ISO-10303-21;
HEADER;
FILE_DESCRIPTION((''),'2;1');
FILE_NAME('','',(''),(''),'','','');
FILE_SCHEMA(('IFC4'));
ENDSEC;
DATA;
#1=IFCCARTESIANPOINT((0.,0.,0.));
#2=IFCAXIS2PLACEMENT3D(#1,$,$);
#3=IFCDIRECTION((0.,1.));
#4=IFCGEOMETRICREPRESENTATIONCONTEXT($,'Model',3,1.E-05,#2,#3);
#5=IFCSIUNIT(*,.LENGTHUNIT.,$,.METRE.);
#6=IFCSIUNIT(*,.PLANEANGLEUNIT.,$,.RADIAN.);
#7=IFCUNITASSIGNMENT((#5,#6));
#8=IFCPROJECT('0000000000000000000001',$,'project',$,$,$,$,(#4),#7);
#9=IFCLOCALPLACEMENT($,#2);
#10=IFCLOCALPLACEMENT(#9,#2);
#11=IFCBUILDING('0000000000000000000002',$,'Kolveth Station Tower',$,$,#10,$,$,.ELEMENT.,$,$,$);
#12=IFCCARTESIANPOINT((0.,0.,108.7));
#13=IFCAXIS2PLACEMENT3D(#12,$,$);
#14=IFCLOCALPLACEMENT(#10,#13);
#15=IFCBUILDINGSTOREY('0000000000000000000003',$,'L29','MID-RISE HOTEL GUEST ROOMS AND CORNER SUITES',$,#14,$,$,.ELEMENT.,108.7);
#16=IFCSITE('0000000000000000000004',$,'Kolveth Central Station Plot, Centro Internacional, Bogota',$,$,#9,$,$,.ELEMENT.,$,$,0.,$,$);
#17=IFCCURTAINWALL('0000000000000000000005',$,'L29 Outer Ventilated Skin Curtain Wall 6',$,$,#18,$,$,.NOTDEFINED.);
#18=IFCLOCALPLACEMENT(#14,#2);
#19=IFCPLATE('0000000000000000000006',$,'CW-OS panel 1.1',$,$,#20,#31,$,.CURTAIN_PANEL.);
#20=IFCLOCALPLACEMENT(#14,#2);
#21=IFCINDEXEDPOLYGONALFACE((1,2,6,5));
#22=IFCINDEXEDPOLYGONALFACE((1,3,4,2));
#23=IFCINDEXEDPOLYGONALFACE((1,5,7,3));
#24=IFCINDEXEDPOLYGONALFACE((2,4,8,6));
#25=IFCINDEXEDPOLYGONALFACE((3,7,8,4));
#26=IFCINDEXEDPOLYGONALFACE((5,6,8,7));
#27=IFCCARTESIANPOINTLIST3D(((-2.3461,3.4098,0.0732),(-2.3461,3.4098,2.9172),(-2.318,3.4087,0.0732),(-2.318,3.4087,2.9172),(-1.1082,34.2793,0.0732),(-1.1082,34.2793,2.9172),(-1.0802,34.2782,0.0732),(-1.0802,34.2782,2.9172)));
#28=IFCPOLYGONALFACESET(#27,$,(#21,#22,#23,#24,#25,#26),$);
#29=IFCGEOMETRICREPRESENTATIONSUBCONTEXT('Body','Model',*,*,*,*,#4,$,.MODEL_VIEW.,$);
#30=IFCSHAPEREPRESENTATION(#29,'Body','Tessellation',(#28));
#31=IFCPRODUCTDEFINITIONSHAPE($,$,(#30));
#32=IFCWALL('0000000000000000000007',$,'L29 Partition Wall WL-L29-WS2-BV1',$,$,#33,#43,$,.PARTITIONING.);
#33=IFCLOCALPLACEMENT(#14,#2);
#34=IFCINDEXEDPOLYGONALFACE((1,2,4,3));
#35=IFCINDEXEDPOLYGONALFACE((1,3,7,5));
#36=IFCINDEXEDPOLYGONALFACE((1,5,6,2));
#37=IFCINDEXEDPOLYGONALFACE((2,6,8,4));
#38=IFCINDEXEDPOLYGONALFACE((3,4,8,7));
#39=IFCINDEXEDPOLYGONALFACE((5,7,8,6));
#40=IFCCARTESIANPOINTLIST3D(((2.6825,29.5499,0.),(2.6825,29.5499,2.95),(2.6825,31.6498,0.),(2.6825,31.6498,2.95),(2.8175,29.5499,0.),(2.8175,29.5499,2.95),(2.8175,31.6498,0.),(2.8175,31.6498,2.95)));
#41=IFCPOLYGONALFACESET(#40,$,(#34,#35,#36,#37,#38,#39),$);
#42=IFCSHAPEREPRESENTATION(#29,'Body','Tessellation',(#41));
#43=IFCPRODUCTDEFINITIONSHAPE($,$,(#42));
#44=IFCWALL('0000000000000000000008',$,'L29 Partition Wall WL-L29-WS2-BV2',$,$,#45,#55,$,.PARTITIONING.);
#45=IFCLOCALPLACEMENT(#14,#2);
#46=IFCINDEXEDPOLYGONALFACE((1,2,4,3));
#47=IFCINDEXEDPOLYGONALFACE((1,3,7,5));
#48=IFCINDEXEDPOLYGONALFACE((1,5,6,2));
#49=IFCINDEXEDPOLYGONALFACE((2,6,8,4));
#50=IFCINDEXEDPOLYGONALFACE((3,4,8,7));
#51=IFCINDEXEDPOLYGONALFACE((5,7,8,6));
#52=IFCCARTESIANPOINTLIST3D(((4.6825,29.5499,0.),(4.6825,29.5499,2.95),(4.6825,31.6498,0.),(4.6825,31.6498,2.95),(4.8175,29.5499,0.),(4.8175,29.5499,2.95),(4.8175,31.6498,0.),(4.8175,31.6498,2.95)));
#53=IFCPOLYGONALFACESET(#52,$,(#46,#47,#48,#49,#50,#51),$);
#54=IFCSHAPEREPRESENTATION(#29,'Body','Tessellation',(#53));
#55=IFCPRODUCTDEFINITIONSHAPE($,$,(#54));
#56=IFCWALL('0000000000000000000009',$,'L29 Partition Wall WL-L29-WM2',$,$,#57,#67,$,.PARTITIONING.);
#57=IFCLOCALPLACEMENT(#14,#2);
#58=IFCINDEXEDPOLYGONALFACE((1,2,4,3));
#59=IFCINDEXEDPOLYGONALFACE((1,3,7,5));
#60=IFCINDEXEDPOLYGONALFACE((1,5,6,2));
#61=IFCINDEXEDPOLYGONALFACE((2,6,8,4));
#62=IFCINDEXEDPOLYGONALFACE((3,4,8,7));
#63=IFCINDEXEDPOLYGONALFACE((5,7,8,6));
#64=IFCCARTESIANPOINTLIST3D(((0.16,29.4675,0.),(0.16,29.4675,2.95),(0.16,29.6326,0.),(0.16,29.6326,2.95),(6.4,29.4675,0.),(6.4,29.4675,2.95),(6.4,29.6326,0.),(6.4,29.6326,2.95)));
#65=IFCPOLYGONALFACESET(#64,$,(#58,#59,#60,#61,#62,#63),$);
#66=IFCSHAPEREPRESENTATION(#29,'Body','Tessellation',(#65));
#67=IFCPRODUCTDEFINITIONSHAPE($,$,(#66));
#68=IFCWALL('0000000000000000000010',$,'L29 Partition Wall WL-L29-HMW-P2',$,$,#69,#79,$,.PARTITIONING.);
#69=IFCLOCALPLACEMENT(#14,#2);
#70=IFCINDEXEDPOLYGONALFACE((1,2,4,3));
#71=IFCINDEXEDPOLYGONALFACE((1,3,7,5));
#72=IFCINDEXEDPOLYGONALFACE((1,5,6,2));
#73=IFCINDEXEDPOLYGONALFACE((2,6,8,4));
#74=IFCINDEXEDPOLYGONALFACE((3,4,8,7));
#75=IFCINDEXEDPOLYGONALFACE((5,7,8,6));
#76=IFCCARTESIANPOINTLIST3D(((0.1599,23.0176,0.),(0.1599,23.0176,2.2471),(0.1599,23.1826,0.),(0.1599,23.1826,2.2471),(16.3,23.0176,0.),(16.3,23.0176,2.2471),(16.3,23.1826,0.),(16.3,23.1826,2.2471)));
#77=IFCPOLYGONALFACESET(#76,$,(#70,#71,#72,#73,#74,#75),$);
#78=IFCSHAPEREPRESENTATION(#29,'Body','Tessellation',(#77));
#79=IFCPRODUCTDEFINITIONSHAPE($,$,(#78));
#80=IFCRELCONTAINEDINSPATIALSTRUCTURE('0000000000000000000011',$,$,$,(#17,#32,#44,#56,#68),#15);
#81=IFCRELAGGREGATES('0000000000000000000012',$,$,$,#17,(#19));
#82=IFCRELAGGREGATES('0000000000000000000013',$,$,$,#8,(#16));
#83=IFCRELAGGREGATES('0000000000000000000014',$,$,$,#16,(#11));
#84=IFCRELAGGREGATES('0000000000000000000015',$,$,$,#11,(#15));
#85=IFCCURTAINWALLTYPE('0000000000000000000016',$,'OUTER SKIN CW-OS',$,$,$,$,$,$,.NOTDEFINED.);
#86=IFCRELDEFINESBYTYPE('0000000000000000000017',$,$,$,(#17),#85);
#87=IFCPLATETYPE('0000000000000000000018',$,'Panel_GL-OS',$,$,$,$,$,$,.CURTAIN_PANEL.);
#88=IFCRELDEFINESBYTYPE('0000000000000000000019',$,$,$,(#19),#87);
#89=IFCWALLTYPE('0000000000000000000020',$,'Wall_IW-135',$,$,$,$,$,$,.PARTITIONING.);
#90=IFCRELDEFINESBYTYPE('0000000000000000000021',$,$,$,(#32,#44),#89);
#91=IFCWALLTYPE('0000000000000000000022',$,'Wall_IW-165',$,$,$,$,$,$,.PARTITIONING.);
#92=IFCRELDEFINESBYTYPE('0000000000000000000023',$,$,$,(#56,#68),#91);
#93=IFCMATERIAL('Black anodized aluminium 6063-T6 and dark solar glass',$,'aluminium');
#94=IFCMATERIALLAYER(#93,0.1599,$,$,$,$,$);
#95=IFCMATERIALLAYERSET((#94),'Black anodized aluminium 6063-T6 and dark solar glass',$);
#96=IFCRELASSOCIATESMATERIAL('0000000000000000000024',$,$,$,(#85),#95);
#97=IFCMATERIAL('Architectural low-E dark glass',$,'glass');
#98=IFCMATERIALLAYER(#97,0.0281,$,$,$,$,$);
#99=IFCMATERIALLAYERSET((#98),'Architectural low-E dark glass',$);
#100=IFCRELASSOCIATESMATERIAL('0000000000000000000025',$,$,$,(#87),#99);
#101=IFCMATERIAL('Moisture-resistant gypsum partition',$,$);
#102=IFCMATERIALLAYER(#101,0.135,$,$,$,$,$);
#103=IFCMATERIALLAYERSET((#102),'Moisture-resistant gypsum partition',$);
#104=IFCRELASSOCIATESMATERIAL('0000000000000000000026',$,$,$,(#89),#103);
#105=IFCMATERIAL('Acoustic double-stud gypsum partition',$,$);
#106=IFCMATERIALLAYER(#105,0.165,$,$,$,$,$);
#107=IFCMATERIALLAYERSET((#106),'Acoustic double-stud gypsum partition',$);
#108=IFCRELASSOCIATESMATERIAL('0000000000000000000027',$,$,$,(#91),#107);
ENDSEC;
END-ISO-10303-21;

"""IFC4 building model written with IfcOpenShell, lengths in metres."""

from ifc_helpers import new_model, si_unit, direction, frame, frame_2d, origin, origin_2d, place, context, subcontext, project, spatial, rectangle, extrude, source, transform, mapped, material, layer, layer_set, type_object, element, aggregate, save


model = new_model("IFC4")

# Units and contexts
model_context = context("Model", 3, precision=1e-05, world=origin(), true_north=direction((0.0, 1.0)))
body_context = subcontext(model_context, "Body", "Model", "MODEL_VIEW")
ifc_project = project(units=[si_unit("LENGTHUNIT", "METRE"), si_unit("PLANEANGLEUNIT", "RADIAN")], contexts=[model_context])

# Site, building, storey
site_placement = place(None, origin())
site = spatial("IfcSite", under=ifc_project, at=site_placement, Name="Kolveth Central Station Plot, Centro Internacional, Bogota", CompositionType="ELEMENT", RefElevation=0.0)
building_placement = place(site_placement, origin())
building = spatial("IfcBuilding", under=site, at=building_placement, Name="Kolveth Station Tower", CompositionType="ELEMENT")
storey_placement = place(building_placement, frame((0.0, 0.0, 108.7)))
storey = spatial("IfcBuildingStorey", under=building, at=storey_placement, Name="L29", Description="MID-RISE HOTEL GUEST ROOMS AND CORNER SUITES", CompositionType="ELEMENT", Elevation=108.7)

# Shared definitions
ifc_material_1 = material(Name="Architectural low-E dark glass", Category="glass")

# Curtain wall, plate
ifc_material_2 = material(Name="Black anodized aluminium 6063-T6 and dark solar glass", Category="aluminium")
ifc_layer_1 = layer(ifc_material_2, 0.1599)
ifc_layer_set_1 = layer_set([ifc_layer_1], Name="Black anodized aluminium 6063-T6 and dark solar glass")
curtain_wall_type_1 = type_object("IfcCurtainWallType", Name="OUTER SKIN CW-OS", PredefinedType="NOTDEFINED", material=ifc_layer_set_1)
curtain_wall_1_placement = place(storey_placement, origin())
curtain_wall_1 = element("IfcCurtainWall", 1, at=curtain_wall_1_placement, inside=storey, type_object=curtain_wall_type_1, Name="L29 Outer Ventilated Skin Curtain Wall 6", PredefinedType="NOTDEFINED")
ifc_layer_2 = layer(ifc_material_1, 0.0281)
ifc_layer_set_2 = layer_set([ifc_layer_2], Name="Architectural low-E dark glass")
plate_type_1 = type_object("IfcPlateType", Name="Panel_GL-OS", PredefinedType="CURTAIN_PANEL", material=ifc_layer_set_2)
shared_shape_1 = source(origin(), body_context, "Body", "SweptSolid", [
    extrude(rectangle(XDim=30.8943, YDim=0.0281, at=origin_2d()), origin(), (0.0, 0.0, 1.0), 2.844),
])
plate_1_placement = place(storey_placement, frame((-1.7131, 18.844, 0.0732), z_axis=(0.0, 0.0, 1.0), x_axis=(-0.040067, -0.999197, 0.0)))
plate_1 = element("IfcPlate", 2, at=plate_1_placement, type_object=plate_type_1, Name="CW-OS panel 1.1", PredefinedType="CURTAIN_PANEL", context=body_context, shape_type="MappedRepresentation", body=[
    mapped(shared_shape_1, transform((0.0, 0.0, 0.0), x_axis=(1.0, 0.0, 0.0), y_axis=(0.0, 1.0, 0.0), z_axis=(0.0, 0.0, 1.0), scale=1.0)),
])
aggregate(curtain_wall_1, [plate_1])

# Walls
ifc_material_3 = material(Name="Moisture-resistant gypsum partition")
ifc_layer_3 = layer(ifc_material_3, 0.135)
ifc_layer_set_3 = layer_set([ifc_layer_3], Name="Moisture-resistant gypsum partition")
wall_type_1 = type_object("IfcWallType", Name="Wall_IW-135", PredefinedType="PARTITIONING", material=ifc_layer_set_3)
for number, where, z_axis, x_axis, name in (
    (3, (2.75, 29.55, 0.0), (0.0, 0.0, 1.0), (0.0, 1.0, 0.0), "L29 Partition Wall WL-L29-WS2-BV1"),
    (4, (4.75, 29.55, 0.0), (0.0, 0.0, 1.0), (0.0, 1.0, 0.0), "L29 Partition Wall WL-L29-WS2-BV2"),
):
    element("IfcWall", number, at=place(storey_placement, frame(where, z_axis=z_axis, x_axis=x_axis)), inside=storey, type_object=wall_type_1, Name=name, PredefinedType="PARTITIONING", context=body_context, shape_type="SweptSolid", body=[
        extrude(rectangle(XDim=2.0999, YDim=0.135, at=frame_2d((1.0498, 0.0))), origin(), (0.0, 0.0, 1.0), 2.95),
    ])
ifc_material_4 = material(Name="Acoustic double-stud gypsum partition")
ifc_layer_4 = layer(ifc_material_4, 0.165)
ifc_layer_set_4 = layer_set([ifc_layer_4], Name="Acoustic double-stud gypsum partition")
wall_type_2 = type_object("IfcWallType", Name="Wall_IW-165", PredefinedType="PARTITIONING", material=ifc_layer_set_4)
wall_1_placement = place(storey_placement, frame((0.1599, 29.55, 0.0), z_axis=(0.0, 0.0, 1.0), x_axis=(1.0, 0.0, 0.0)))
element("IfcWall", 5, at=wall_1_placement, inside=storey, type_object=wall_type_2, Name="L29 Partition Wall WL-L29-WM2", PredefinedType="PARTITIONING", context=body_context, shape_type="SweptSolid", body=[
    extrude(rectangle(XDim=6.24, YDim=0.165, at=frame_2d((3.1201, 0.0))), origin(), (0.0, 0.0, 1.0), 2.95),
])
wall_2_placement = place(storey_placement, frame((0.1599, 23.1001, 0.0), z_axis=(0.0, 0.0, 1.0), x_axis=(1.0, 0.0, 0.0)))
element("IfcWall", 6, at=wall_2_placement, inside=storey, type_object=wall_type_2, Name="L29 Partition Wall WL-L29-HMW-P2", PredefinedType="PARTITIONING", context=body_context, shape_type="SweptSolid", body=[
    extrude(rectangle(XDim=16.1401, YDim=0.165, at=frame_2d((8.0701, 0.0))), origin(), (0.0, 0.0, 1.0), 2.2471),
])

save(model, "model.ifc")
